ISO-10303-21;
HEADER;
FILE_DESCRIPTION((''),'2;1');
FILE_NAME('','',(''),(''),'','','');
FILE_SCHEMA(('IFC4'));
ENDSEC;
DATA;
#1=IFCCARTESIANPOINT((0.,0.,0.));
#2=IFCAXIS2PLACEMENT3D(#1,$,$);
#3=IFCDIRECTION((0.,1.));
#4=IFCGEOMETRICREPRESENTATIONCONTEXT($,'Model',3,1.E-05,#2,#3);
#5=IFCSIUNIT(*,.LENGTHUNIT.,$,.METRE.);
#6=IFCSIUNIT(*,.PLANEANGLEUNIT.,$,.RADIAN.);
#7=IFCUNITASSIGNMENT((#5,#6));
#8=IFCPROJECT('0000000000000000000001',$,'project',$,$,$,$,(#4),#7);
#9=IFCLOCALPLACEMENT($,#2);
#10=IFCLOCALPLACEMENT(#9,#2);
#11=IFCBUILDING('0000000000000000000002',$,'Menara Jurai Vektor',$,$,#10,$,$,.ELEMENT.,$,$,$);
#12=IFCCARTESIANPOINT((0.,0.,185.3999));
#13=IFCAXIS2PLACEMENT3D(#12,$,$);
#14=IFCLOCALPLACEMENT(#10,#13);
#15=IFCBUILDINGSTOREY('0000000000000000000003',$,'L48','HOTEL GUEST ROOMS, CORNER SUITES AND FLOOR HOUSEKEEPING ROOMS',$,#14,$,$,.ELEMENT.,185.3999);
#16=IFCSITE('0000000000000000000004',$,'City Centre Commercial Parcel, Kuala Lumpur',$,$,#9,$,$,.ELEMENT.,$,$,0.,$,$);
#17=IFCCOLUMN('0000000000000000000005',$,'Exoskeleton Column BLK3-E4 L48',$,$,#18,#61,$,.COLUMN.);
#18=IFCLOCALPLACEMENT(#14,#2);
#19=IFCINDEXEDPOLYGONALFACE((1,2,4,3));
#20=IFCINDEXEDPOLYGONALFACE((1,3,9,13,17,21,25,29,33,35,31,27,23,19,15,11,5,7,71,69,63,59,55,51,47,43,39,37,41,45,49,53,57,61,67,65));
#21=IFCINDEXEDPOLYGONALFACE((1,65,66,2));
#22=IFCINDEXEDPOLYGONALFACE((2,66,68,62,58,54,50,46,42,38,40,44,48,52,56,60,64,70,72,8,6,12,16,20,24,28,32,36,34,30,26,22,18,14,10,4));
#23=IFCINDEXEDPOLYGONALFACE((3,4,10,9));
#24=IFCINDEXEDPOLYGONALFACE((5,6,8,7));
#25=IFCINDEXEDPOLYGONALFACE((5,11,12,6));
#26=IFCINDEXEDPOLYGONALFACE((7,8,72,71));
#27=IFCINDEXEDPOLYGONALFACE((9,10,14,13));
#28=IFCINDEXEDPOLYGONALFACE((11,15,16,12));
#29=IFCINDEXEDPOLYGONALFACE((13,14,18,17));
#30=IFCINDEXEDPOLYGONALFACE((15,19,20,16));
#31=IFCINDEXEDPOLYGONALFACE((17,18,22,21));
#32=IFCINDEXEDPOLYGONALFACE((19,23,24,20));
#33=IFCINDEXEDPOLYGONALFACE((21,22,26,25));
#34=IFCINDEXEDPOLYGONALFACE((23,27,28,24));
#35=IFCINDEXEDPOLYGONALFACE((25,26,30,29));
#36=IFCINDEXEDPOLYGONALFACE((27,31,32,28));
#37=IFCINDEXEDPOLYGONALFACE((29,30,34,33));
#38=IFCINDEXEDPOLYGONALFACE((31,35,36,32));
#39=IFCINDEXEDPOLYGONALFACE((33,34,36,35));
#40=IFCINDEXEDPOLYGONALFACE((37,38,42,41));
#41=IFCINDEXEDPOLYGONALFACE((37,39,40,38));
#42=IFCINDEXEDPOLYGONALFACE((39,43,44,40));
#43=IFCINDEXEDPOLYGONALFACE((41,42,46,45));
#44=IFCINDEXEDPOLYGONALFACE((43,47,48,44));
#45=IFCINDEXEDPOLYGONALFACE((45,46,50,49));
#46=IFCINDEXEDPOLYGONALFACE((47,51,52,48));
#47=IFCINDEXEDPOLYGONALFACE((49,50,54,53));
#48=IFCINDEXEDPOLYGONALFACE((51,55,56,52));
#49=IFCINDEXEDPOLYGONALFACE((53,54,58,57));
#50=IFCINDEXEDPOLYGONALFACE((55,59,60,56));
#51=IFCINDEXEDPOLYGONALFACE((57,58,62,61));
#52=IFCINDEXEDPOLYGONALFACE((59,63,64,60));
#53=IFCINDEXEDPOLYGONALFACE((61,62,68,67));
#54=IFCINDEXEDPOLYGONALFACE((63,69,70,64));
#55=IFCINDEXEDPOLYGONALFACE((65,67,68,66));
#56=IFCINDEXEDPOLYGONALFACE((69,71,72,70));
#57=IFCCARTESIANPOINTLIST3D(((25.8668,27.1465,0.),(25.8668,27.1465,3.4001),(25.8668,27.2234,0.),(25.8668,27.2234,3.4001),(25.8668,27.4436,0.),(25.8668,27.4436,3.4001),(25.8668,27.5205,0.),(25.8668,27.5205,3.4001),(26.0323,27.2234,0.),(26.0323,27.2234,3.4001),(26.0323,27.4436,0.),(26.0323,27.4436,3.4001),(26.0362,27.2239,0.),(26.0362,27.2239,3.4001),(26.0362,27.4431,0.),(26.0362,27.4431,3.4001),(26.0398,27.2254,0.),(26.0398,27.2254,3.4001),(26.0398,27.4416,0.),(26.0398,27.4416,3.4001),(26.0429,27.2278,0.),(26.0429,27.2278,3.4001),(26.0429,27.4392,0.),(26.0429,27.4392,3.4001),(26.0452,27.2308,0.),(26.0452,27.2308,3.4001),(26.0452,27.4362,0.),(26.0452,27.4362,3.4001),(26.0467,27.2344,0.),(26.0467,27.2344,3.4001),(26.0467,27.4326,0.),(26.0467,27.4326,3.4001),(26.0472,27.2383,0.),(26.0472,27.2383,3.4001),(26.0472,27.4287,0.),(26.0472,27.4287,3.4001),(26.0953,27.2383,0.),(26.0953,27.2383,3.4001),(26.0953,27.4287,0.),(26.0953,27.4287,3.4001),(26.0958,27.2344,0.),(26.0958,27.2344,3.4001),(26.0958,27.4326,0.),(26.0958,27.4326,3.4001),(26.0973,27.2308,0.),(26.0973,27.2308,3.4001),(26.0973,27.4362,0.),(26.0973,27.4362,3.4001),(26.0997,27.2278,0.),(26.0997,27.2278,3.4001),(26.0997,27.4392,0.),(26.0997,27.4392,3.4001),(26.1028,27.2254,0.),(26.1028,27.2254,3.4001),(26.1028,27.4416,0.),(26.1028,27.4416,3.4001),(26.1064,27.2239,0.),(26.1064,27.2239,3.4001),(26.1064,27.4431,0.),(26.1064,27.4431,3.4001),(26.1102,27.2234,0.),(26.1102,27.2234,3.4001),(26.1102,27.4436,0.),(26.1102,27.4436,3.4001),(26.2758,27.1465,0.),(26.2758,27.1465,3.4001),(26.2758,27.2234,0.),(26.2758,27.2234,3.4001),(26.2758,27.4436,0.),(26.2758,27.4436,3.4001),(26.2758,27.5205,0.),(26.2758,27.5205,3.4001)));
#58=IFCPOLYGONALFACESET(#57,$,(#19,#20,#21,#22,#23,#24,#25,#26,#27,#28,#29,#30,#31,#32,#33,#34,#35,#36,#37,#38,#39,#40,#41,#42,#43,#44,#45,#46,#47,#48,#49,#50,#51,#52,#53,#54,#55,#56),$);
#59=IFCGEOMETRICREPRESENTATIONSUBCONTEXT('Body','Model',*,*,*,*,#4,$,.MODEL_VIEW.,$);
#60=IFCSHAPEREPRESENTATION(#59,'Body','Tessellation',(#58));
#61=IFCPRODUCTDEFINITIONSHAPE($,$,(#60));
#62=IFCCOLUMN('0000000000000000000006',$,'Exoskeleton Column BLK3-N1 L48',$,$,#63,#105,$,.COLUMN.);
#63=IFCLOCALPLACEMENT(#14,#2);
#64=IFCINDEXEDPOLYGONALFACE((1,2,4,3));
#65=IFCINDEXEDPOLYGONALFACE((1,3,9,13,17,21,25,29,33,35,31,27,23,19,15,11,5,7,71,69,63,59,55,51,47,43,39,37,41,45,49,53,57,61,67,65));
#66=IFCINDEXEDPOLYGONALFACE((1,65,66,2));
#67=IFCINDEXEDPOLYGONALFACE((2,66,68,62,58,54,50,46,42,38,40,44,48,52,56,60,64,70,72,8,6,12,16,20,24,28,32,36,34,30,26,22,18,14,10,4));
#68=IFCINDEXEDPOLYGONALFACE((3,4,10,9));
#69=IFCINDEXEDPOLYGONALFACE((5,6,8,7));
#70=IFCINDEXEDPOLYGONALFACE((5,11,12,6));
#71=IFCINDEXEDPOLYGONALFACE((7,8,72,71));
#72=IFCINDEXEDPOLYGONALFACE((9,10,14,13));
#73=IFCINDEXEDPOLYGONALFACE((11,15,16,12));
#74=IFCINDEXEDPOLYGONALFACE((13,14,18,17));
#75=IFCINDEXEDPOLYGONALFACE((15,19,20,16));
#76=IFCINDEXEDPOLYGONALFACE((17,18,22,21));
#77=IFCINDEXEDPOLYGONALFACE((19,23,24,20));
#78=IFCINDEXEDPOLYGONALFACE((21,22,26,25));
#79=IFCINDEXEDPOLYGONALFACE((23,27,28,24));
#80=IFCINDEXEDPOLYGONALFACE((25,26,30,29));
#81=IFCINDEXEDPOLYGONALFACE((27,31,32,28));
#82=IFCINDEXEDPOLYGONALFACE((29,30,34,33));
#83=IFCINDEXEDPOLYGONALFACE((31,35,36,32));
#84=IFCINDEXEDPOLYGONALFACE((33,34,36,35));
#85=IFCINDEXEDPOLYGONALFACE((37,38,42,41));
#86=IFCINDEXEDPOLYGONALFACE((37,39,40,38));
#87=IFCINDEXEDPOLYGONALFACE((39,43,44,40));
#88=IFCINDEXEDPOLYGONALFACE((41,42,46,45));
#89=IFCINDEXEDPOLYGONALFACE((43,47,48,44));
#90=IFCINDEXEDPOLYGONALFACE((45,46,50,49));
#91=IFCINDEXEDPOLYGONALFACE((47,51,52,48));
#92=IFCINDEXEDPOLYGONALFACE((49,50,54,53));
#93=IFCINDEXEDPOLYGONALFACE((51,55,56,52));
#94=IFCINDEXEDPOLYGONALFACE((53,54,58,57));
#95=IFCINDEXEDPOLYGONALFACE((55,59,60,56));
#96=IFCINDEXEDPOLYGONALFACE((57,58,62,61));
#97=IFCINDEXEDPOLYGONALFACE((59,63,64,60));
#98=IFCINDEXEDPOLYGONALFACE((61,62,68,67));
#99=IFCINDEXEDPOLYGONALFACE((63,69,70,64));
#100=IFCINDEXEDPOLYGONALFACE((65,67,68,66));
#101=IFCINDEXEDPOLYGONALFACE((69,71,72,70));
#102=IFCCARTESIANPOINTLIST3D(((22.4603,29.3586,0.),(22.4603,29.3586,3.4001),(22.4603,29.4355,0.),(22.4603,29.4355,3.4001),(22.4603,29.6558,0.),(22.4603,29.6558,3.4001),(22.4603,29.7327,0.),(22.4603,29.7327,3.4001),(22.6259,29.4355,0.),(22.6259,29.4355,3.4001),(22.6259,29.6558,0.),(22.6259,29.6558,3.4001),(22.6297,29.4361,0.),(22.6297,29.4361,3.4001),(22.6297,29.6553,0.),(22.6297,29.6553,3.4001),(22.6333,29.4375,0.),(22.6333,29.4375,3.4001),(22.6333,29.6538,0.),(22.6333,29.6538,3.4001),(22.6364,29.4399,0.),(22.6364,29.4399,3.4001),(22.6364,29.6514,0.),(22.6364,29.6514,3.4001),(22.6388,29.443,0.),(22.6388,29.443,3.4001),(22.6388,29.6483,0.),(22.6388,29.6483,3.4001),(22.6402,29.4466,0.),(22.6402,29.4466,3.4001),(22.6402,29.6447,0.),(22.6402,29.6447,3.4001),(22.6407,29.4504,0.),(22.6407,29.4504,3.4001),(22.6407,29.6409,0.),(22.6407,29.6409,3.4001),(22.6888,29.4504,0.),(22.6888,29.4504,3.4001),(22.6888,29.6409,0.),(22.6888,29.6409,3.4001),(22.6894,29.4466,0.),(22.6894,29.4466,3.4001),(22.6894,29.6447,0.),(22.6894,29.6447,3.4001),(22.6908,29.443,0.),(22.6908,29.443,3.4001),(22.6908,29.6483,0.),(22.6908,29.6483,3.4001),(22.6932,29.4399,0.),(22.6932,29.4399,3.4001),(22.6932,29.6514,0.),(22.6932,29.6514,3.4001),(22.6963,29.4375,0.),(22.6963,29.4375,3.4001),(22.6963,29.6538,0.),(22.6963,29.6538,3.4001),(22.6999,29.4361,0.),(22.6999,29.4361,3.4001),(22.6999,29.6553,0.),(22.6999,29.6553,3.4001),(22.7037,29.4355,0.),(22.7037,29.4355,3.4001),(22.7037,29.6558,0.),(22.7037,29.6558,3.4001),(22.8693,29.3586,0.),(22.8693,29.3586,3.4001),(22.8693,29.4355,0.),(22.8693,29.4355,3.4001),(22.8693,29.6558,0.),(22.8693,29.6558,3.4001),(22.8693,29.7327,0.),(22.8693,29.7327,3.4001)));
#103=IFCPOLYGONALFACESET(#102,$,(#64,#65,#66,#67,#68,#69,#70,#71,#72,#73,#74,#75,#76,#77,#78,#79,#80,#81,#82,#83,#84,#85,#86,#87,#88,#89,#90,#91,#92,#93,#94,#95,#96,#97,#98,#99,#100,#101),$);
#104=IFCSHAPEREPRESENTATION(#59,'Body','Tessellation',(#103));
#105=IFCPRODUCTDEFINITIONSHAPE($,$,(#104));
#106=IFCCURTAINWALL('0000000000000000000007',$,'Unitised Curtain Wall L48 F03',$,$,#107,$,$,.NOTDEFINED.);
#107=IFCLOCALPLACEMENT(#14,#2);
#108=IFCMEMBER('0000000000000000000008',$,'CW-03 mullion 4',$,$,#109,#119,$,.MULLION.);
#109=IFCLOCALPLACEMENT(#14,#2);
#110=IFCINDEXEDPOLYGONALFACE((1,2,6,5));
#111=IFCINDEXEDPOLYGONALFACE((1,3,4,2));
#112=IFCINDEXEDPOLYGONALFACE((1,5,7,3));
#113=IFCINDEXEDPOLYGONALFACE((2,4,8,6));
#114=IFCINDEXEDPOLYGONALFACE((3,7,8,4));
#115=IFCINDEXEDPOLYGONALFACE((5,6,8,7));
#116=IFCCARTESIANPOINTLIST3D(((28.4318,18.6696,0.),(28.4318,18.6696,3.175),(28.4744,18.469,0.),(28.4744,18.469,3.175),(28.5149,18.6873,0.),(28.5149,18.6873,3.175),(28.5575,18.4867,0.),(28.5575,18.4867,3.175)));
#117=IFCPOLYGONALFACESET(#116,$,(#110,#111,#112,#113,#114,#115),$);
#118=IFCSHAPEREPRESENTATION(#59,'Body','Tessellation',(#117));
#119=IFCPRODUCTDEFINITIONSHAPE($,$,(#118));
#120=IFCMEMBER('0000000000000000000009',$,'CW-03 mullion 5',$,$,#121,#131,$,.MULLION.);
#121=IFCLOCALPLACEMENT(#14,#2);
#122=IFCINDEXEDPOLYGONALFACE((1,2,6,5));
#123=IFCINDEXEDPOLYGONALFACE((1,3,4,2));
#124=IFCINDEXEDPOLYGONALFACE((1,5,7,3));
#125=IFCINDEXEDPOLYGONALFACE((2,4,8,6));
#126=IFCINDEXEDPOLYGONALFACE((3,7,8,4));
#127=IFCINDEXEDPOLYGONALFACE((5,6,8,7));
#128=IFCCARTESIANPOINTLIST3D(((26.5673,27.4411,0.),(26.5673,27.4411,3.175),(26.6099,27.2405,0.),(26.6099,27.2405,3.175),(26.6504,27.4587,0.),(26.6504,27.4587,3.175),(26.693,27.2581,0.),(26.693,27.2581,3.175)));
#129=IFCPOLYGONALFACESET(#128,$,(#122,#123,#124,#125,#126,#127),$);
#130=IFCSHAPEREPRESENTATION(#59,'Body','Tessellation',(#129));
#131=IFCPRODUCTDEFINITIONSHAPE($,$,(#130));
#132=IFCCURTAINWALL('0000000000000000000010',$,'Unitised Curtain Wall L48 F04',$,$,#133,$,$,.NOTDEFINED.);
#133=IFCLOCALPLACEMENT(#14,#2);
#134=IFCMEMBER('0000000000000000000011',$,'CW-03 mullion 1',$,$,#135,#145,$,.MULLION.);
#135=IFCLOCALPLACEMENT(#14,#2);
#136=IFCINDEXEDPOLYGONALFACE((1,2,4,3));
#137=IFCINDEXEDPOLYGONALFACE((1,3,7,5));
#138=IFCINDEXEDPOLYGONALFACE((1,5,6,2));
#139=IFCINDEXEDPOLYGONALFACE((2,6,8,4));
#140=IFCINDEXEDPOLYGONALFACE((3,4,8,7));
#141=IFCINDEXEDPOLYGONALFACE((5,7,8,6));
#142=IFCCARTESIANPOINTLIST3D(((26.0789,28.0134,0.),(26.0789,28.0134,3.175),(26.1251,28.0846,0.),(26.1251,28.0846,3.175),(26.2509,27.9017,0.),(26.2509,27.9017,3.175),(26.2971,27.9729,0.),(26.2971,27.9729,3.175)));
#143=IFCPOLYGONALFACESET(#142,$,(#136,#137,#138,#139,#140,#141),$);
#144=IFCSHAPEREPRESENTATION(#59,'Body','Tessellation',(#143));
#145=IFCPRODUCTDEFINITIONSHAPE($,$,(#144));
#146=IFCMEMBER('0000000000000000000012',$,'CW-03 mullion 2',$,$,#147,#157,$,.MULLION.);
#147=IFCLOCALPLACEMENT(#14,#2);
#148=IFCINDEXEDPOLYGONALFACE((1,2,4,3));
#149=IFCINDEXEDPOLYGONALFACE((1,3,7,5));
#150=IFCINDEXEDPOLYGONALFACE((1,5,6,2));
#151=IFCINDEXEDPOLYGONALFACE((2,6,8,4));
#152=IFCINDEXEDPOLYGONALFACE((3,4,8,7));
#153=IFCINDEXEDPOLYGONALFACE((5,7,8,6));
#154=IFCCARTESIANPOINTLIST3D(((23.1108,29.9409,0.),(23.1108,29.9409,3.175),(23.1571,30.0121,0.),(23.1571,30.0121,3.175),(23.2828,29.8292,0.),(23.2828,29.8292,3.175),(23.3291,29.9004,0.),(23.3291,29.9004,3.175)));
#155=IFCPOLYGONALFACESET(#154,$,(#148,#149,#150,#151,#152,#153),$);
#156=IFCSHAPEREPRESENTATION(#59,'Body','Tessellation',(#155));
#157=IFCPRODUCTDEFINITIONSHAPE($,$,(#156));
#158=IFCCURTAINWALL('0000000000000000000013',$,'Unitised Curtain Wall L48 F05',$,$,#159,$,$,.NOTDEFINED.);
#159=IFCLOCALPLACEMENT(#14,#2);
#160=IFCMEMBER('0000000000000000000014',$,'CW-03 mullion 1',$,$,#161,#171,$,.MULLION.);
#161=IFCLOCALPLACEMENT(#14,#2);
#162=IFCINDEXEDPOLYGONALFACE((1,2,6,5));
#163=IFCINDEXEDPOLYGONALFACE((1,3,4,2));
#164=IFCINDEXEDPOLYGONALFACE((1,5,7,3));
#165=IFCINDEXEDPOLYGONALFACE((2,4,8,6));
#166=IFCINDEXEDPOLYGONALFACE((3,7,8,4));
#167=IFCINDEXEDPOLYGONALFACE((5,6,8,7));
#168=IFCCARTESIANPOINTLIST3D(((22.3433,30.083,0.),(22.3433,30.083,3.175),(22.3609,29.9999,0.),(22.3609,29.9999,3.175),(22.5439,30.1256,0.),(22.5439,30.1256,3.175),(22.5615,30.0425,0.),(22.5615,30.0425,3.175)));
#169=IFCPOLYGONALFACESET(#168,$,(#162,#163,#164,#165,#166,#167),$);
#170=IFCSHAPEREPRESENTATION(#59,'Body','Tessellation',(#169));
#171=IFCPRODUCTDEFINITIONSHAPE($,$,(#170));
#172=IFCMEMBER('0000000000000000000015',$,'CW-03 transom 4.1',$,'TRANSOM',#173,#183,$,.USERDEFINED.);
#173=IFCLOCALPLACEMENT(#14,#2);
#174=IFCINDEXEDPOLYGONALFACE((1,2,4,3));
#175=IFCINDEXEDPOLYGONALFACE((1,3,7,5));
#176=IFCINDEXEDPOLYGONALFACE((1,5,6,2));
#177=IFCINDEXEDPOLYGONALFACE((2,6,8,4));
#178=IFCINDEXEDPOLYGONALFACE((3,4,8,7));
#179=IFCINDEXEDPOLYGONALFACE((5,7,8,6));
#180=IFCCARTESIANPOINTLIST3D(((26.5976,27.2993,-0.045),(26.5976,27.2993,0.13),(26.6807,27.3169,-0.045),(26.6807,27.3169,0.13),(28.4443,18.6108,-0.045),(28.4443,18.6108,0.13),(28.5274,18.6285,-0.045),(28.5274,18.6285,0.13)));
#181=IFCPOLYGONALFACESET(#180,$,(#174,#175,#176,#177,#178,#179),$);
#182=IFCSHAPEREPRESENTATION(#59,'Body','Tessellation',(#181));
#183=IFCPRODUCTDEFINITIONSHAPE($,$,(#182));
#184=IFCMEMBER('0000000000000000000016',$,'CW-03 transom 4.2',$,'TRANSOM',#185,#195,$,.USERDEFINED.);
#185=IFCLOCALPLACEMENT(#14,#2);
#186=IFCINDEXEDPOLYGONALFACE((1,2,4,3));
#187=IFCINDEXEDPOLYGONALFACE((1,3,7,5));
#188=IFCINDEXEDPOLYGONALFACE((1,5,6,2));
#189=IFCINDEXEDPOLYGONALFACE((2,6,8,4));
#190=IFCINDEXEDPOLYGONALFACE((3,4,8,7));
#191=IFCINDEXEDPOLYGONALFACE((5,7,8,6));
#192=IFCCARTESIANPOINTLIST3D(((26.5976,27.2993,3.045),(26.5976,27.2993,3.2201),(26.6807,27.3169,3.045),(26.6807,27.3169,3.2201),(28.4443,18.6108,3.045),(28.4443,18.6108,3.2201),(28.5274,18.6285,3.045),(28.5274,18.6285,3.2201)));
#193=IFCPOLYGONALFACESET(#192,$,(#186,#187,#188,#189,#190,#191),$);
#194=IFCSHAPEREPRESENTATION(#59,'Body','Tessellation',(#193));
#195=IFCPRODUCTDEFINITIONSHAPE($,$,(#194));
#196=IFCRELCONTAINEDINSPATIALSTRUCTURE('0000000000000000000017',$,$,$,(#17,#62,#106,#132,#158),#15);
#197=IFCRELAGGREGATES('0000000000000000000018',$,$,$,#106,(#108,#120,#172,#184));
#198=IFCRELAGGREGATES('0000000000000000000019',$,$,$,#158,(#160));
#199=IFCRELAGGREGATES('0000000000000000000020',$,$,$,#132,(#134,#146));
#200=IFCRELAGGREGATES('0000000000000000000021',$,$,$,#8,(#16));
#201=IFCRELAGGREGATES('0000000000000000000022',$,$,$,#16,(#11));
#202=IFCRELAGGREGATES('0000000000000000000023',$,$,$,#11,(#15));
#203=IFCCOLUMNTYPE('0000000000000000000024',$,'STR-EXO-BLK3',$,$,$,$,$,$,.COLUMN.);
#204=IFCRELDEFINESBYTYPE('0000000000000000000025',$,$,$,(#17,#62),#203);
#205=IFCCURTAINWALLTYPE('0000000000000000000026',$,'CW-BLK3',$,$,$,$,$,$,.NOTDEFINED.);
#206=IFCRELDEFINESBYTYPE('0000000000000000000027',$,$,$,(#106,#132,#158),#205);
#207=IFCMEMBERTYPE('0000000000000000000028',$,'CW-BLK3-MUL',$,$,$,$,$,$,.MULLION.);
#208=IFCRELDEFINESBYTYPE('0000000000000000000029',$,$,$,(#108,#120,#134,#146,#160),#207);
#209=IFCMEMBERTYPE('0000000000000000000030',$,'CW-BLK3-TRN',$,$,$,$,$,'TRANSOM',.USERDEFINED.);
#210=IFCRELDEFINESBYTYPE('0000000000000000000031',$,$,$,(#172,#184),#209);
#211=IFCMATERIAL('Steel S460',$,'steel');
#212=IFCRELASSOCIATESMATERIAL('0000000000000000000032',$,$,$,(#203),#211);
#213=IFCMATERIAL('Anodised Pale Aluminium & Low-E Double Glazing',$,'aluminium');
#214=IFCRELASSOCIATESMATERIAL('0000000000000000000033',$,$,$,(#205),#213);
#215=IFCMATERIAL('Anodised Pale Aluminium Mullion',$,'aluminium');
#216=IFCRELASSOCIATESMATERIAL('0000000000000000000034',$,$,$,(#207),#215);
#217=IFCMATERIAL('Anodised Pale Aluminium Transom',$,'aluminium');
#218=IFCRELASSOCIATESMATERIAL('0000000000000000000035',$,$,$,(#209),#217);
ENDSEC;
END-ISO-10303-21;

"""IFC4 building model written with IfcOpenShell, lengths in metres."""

from ifc_helpers import new_model, si_unit, direction, frame, origin, origin_2d, place, context, subcontext, project, spatial, rectangle, i_section, extrude, material, material_profile, profile_set, type_object, element, aggregate, save


model = new_model("IFC4")

# Units and contexts
model_context = context("Model", 3, precision=1e-05, world=origin(), true_north=direction((0.0, 1.0)))
body_context = subcontext(model_context, "Body", "Model", "MODEL_VIEW")
ifc_project = project(units=[si_unit("LENGTHUNIT", "METRE"), si_unit("PLANEANGLEUNIT", "RADIAN")], contexts=[model_context])

# Site, building, storey
site_placement = place(None, origin())
site = spatial("IfcSite", under=ifc_project, at=site_placement, Name="City Centre Commercial Parcel, Kuala Lumpur", CompositionType="ELEMENT", RefElevation=0.0)
building_placement = place(site_placement, origin())
building = spatial("IfcBuilding", under=site, at=building_placement, Name="Menara Jurai Vektor", CompositionType="ELEMENT")
storey_placement = place(building_placement, frame((0.0, 0.0, 185.3999)))
storey = spatial("IfcBuildingStorey", under=building, at=storey_placement, Name="L48", Description="HOTEL GUEST ROOMS, CORNER SUITES AND FLOOR HOUSEKEEPING ROOMS", CompositionType="ELEMENT", Elevation=185.3999)

# Columns
ifc_material_1 = material(Name="Steel S460", Category="steel")
ifc_material_profile_1 = material_profile(ifc_material_1, i_section(OverallWidth=0.4089, OverallDepth=0.374, WebThickness=0.0481, FlangeThickness=0.0769, FilletRadius=0.0149, at=origin_2d()), Name="HD 400x634")
ifc_profile_set_1 = profile_set([ifc_material_profile_1], Name="Steel S460")
column_type = type_object("IfcColumnType", Name="STR-EXO-BLK3", PredefinedType="COLUMN", material=ifc_profile_set_1)
for number, where, z_axis, x_axis, name in (
    (1, (26.0713, 27.3335, 0.0), (0.0, 0.0, 1.0), (1.0, 0.0, 0.0), "Exoskeleton Column BLK3-E4 L48"),
    (2, (22.6648, 29.5457, 0.0), (0.0, 0.0, 1.0), (1.0, 0.0, 0.0), "Exoskeleton Column BLK3-N1 L48"),
):
    element("IfcColumn", number, at=place(storey_placement, frame(where, z_axis=z_axis, x_axis=x_axis)), inside=storey, type_object=column_type, Name=name, PredefinedType="COLUMN", context=body_context, shape_type="SweptSolid", body=[
        extrude(i_section(OverallWidth=0.4089, OverallDepth=0.374, WebThickness=0.0481, FlangeThickness=0.0769, FilletRadius=0.0149, at=origin_2d()), origin(), (0.0, 0.0, 1.0), 3.4001),
    ])

# Curtain walls, members
ifc_material_2 = material(Name="Anodised Pale Aluminium & Low-E Double Glazing", Category="aluminium")
curtain_wall_type = type_object("IfcCurtainWallType", Name="CW-BLK3", PredefinedType="NOTDEFINED", material=ifc_material_2)
curtain_wall_1_placement = place(storey_placement, origin())
curtain_wall_1 = element("IfcCurtainWall", 3, at=curtain_wall_1_placement, inside=storey, type_object=curtain_wall_type, Name="Unitised Curtain Wall L48 F03", PredefinedType="NOTDEFINED")
ifc_material_3 = material(Name="Anodised Pale Aluminium Mullion", Category="aluminium")
ifc_material_profile_2 = material_profile(ifc_material_3, rectangle(XDim=0.085, YDim=0.2051, at=origin_2d()), Name="ALU MUL 85x205")
ifc_profile_set_2 = profile_set([ifc_material_profile_2], Name="Anodised Pale Aluminium Mullion")
member_type_1 = type_object("IfcMemberType", Name="CW-BLK3-MUL", PredefinedType="MULLION", material=ifc_profile_set_2)
member_1_placement = place(storey_placement, frame((28.4946, 18.5781, 0.0), z_axis=(0.0, 0.0, 1.0), x_axis=(-0.978148, -0.20791, 0.0)))
member_1 = element("IfcMember", 4, at=member_1_placement, type_object=member_type_1, Name="CW-03 mullion 4", PredefinedType="MULLION", context=body_context, shape_type="SweptSolid", body=[
    extrude(rectangle(XDim=0.085, YDim=0.2051, at=origin_2d()), origin(), (0.0, 0.0, 1.0), 3.175),
])
member_2_placement = place(storey_placement, frame((26.6301, 27.3496, 0.0), z_axis=(0.0, 0.0, 1.0), x_axis=(-0.978148, -0.20791, 0.0)))
member_2 = element("IfcMember", 5, at=member_2_placement, type_object=member_type_1, Name="CW-03 mullion 5", PredefinedType="MULLION", context=body_context, shape_type="SweptSolid", body=[
    extrude(rectangle(XDim=0.085, YDim=0.2051, at=origin_2d()), origin(), (0.0, 0.0, 1.0), 3.175),
])
curtain_wall_2_placement = place(storey_placement, origin())
curtain_wall_2 = element("IfcCurtainWall", 6, at=curtain_wall_2_placement, inside=storey, type_object=curtain_wall_type, Name="Unitised Curtain Wall L48 F04", PredefinedType="NOTDEFINED")
member_3_placement = place(storey_placement, frame((26.188, 27.9932, 0.0), z_axis=(0.0, 0.0, 1.0), x_axis=(-0.544618, -0.838684, 0.0)))
member_3 = element("IfcMember", 7, at=member_3_placement, type_object=member_type_1, Name="CW-03 mullion 1", PredefinedType="MULLION", context=body_context, shape_type="SweptSolid", body=[
    extrude(rectangle(XDim=0.085, YDim=0.2051, at=origin_2d()), origin(), (0.0, 0.0, 1.0), 3.175),
])
member_4_placement = place(storey_placement, frame((23.22, 29.9207, 0.0), z_axis=(0.0, 0.0, 1.0), x_axis=(-0.544618, -0.838684, 0.0)))
member_4 = element("IfcMember", 8, at=member_4_placement, type_object=member_type_1, Name="CW-03 mullion 2", PredefinedType="MULLION", context=body_context, shape_type="SweptSolid", body=[
    extrude(rectangle(XDim=0.085, YDim=0.2051, at=origin_2d()), origin(), (0.0, 0.0, 1.0), 3.175),
])

# Curtain wall, member
curtain_wall_3_placement = place(storey_placement, origin())
curtain_wall_3 = element("IfcCurtainWall", 9, at=curtain_wall_3_placement, inside=storey, type_object=curtain_wall_type, Name="Unitised Curtain Wall L48 F05", PredefinedType="NOTDEFINED")
member_5_placement = place(storey_placement, frame((22.4524, 30.0627, 0.0), z_axis=(0.0, 0.0, 1.0), x_axis=(0.207911, -0.978148, 0.0)))
member_5 = element("IfcMember", 10, at=member_5_placement, type_object=member_type_1, Name="CW-03 mullion 1", PredefinedType="MULLION", context=body_context, shape_type="SweptSolid", body=[
    extrude(rectangle(XDim=0.085, YDim=0.2051, at=origin_2d()), origin(), (0.0, 0.0, 1.0), 3.175),
])

# Members
ifc_material_4 = material(Name="Anodised Pale Aluminium Transom", Category="aluminium")
ifc_material_profile_3 = material_profile(ifc_material_4, rectangle(XDim=0.085, YDim=0.175, at=origin_2d()), Name="ALU TRN 85x175")
ifc_profile_set_3 = profile_set([ifc_material_profile_3], Name="Anodised Pale Aluminium Transom")
member_type_2 = type_object("IfcMemberType", Name="CW-BLK3-TRN", ElementType="TRANSOM", PredefinedType="USERDEFINED", material=ifc_profile_set_3)
member_6_placement = place(storey_placement, frame((28.4858, 18.6196, 0.0425), z_axis=(-0.2079, 0.97815, 0.0), x_axis=(-0.97815, -0.2079, 0.0)))
member_6 = element("IfcMember", 11, at=member_6_placement, type_object=member_type_2, Name="CW-03 transom 4.1", ObjectType="TRANSOM", PredefinedType="USERDEFINED", context=body_context, shape_type="SweptSolid", body=[
    extrude(rectangle(XDim=0.085, YDim=0.175, at=origin_2d()), origin(), (0.0, 0.0, 1.0), 8.8826),
])
member_7_placement = place(storey_placement, frame((28.4858, 18.6196, 3.1326), z_axis=(-0.2079, 0.97815, 0.0), x_axis=(-0.97815, -0.2079, 0.0)))
member_7 = element("IfcMember", 12, at=member_7_placement, type_object=member_type_2, Name="CW-03 transom 4.2", ObjectType="TRANSOM", PredefinedType="USERDEFINED", context=body_context, shape_type="SweptSolid", body=[
    extrude(rectangle(XDim=0.085, YDim=0.175, at=origin_2d()), origin(), (0.0, 0.0, 1.0), 8.8826),
])

aggregate(curtain_wall_1, [member_1, member_2, member_6, member_7])
aggregate(curtain_wall_3, [member_5])
aggregate(curtain_wall_2, [member_3, member_4])

save(model, "model.ifc")
